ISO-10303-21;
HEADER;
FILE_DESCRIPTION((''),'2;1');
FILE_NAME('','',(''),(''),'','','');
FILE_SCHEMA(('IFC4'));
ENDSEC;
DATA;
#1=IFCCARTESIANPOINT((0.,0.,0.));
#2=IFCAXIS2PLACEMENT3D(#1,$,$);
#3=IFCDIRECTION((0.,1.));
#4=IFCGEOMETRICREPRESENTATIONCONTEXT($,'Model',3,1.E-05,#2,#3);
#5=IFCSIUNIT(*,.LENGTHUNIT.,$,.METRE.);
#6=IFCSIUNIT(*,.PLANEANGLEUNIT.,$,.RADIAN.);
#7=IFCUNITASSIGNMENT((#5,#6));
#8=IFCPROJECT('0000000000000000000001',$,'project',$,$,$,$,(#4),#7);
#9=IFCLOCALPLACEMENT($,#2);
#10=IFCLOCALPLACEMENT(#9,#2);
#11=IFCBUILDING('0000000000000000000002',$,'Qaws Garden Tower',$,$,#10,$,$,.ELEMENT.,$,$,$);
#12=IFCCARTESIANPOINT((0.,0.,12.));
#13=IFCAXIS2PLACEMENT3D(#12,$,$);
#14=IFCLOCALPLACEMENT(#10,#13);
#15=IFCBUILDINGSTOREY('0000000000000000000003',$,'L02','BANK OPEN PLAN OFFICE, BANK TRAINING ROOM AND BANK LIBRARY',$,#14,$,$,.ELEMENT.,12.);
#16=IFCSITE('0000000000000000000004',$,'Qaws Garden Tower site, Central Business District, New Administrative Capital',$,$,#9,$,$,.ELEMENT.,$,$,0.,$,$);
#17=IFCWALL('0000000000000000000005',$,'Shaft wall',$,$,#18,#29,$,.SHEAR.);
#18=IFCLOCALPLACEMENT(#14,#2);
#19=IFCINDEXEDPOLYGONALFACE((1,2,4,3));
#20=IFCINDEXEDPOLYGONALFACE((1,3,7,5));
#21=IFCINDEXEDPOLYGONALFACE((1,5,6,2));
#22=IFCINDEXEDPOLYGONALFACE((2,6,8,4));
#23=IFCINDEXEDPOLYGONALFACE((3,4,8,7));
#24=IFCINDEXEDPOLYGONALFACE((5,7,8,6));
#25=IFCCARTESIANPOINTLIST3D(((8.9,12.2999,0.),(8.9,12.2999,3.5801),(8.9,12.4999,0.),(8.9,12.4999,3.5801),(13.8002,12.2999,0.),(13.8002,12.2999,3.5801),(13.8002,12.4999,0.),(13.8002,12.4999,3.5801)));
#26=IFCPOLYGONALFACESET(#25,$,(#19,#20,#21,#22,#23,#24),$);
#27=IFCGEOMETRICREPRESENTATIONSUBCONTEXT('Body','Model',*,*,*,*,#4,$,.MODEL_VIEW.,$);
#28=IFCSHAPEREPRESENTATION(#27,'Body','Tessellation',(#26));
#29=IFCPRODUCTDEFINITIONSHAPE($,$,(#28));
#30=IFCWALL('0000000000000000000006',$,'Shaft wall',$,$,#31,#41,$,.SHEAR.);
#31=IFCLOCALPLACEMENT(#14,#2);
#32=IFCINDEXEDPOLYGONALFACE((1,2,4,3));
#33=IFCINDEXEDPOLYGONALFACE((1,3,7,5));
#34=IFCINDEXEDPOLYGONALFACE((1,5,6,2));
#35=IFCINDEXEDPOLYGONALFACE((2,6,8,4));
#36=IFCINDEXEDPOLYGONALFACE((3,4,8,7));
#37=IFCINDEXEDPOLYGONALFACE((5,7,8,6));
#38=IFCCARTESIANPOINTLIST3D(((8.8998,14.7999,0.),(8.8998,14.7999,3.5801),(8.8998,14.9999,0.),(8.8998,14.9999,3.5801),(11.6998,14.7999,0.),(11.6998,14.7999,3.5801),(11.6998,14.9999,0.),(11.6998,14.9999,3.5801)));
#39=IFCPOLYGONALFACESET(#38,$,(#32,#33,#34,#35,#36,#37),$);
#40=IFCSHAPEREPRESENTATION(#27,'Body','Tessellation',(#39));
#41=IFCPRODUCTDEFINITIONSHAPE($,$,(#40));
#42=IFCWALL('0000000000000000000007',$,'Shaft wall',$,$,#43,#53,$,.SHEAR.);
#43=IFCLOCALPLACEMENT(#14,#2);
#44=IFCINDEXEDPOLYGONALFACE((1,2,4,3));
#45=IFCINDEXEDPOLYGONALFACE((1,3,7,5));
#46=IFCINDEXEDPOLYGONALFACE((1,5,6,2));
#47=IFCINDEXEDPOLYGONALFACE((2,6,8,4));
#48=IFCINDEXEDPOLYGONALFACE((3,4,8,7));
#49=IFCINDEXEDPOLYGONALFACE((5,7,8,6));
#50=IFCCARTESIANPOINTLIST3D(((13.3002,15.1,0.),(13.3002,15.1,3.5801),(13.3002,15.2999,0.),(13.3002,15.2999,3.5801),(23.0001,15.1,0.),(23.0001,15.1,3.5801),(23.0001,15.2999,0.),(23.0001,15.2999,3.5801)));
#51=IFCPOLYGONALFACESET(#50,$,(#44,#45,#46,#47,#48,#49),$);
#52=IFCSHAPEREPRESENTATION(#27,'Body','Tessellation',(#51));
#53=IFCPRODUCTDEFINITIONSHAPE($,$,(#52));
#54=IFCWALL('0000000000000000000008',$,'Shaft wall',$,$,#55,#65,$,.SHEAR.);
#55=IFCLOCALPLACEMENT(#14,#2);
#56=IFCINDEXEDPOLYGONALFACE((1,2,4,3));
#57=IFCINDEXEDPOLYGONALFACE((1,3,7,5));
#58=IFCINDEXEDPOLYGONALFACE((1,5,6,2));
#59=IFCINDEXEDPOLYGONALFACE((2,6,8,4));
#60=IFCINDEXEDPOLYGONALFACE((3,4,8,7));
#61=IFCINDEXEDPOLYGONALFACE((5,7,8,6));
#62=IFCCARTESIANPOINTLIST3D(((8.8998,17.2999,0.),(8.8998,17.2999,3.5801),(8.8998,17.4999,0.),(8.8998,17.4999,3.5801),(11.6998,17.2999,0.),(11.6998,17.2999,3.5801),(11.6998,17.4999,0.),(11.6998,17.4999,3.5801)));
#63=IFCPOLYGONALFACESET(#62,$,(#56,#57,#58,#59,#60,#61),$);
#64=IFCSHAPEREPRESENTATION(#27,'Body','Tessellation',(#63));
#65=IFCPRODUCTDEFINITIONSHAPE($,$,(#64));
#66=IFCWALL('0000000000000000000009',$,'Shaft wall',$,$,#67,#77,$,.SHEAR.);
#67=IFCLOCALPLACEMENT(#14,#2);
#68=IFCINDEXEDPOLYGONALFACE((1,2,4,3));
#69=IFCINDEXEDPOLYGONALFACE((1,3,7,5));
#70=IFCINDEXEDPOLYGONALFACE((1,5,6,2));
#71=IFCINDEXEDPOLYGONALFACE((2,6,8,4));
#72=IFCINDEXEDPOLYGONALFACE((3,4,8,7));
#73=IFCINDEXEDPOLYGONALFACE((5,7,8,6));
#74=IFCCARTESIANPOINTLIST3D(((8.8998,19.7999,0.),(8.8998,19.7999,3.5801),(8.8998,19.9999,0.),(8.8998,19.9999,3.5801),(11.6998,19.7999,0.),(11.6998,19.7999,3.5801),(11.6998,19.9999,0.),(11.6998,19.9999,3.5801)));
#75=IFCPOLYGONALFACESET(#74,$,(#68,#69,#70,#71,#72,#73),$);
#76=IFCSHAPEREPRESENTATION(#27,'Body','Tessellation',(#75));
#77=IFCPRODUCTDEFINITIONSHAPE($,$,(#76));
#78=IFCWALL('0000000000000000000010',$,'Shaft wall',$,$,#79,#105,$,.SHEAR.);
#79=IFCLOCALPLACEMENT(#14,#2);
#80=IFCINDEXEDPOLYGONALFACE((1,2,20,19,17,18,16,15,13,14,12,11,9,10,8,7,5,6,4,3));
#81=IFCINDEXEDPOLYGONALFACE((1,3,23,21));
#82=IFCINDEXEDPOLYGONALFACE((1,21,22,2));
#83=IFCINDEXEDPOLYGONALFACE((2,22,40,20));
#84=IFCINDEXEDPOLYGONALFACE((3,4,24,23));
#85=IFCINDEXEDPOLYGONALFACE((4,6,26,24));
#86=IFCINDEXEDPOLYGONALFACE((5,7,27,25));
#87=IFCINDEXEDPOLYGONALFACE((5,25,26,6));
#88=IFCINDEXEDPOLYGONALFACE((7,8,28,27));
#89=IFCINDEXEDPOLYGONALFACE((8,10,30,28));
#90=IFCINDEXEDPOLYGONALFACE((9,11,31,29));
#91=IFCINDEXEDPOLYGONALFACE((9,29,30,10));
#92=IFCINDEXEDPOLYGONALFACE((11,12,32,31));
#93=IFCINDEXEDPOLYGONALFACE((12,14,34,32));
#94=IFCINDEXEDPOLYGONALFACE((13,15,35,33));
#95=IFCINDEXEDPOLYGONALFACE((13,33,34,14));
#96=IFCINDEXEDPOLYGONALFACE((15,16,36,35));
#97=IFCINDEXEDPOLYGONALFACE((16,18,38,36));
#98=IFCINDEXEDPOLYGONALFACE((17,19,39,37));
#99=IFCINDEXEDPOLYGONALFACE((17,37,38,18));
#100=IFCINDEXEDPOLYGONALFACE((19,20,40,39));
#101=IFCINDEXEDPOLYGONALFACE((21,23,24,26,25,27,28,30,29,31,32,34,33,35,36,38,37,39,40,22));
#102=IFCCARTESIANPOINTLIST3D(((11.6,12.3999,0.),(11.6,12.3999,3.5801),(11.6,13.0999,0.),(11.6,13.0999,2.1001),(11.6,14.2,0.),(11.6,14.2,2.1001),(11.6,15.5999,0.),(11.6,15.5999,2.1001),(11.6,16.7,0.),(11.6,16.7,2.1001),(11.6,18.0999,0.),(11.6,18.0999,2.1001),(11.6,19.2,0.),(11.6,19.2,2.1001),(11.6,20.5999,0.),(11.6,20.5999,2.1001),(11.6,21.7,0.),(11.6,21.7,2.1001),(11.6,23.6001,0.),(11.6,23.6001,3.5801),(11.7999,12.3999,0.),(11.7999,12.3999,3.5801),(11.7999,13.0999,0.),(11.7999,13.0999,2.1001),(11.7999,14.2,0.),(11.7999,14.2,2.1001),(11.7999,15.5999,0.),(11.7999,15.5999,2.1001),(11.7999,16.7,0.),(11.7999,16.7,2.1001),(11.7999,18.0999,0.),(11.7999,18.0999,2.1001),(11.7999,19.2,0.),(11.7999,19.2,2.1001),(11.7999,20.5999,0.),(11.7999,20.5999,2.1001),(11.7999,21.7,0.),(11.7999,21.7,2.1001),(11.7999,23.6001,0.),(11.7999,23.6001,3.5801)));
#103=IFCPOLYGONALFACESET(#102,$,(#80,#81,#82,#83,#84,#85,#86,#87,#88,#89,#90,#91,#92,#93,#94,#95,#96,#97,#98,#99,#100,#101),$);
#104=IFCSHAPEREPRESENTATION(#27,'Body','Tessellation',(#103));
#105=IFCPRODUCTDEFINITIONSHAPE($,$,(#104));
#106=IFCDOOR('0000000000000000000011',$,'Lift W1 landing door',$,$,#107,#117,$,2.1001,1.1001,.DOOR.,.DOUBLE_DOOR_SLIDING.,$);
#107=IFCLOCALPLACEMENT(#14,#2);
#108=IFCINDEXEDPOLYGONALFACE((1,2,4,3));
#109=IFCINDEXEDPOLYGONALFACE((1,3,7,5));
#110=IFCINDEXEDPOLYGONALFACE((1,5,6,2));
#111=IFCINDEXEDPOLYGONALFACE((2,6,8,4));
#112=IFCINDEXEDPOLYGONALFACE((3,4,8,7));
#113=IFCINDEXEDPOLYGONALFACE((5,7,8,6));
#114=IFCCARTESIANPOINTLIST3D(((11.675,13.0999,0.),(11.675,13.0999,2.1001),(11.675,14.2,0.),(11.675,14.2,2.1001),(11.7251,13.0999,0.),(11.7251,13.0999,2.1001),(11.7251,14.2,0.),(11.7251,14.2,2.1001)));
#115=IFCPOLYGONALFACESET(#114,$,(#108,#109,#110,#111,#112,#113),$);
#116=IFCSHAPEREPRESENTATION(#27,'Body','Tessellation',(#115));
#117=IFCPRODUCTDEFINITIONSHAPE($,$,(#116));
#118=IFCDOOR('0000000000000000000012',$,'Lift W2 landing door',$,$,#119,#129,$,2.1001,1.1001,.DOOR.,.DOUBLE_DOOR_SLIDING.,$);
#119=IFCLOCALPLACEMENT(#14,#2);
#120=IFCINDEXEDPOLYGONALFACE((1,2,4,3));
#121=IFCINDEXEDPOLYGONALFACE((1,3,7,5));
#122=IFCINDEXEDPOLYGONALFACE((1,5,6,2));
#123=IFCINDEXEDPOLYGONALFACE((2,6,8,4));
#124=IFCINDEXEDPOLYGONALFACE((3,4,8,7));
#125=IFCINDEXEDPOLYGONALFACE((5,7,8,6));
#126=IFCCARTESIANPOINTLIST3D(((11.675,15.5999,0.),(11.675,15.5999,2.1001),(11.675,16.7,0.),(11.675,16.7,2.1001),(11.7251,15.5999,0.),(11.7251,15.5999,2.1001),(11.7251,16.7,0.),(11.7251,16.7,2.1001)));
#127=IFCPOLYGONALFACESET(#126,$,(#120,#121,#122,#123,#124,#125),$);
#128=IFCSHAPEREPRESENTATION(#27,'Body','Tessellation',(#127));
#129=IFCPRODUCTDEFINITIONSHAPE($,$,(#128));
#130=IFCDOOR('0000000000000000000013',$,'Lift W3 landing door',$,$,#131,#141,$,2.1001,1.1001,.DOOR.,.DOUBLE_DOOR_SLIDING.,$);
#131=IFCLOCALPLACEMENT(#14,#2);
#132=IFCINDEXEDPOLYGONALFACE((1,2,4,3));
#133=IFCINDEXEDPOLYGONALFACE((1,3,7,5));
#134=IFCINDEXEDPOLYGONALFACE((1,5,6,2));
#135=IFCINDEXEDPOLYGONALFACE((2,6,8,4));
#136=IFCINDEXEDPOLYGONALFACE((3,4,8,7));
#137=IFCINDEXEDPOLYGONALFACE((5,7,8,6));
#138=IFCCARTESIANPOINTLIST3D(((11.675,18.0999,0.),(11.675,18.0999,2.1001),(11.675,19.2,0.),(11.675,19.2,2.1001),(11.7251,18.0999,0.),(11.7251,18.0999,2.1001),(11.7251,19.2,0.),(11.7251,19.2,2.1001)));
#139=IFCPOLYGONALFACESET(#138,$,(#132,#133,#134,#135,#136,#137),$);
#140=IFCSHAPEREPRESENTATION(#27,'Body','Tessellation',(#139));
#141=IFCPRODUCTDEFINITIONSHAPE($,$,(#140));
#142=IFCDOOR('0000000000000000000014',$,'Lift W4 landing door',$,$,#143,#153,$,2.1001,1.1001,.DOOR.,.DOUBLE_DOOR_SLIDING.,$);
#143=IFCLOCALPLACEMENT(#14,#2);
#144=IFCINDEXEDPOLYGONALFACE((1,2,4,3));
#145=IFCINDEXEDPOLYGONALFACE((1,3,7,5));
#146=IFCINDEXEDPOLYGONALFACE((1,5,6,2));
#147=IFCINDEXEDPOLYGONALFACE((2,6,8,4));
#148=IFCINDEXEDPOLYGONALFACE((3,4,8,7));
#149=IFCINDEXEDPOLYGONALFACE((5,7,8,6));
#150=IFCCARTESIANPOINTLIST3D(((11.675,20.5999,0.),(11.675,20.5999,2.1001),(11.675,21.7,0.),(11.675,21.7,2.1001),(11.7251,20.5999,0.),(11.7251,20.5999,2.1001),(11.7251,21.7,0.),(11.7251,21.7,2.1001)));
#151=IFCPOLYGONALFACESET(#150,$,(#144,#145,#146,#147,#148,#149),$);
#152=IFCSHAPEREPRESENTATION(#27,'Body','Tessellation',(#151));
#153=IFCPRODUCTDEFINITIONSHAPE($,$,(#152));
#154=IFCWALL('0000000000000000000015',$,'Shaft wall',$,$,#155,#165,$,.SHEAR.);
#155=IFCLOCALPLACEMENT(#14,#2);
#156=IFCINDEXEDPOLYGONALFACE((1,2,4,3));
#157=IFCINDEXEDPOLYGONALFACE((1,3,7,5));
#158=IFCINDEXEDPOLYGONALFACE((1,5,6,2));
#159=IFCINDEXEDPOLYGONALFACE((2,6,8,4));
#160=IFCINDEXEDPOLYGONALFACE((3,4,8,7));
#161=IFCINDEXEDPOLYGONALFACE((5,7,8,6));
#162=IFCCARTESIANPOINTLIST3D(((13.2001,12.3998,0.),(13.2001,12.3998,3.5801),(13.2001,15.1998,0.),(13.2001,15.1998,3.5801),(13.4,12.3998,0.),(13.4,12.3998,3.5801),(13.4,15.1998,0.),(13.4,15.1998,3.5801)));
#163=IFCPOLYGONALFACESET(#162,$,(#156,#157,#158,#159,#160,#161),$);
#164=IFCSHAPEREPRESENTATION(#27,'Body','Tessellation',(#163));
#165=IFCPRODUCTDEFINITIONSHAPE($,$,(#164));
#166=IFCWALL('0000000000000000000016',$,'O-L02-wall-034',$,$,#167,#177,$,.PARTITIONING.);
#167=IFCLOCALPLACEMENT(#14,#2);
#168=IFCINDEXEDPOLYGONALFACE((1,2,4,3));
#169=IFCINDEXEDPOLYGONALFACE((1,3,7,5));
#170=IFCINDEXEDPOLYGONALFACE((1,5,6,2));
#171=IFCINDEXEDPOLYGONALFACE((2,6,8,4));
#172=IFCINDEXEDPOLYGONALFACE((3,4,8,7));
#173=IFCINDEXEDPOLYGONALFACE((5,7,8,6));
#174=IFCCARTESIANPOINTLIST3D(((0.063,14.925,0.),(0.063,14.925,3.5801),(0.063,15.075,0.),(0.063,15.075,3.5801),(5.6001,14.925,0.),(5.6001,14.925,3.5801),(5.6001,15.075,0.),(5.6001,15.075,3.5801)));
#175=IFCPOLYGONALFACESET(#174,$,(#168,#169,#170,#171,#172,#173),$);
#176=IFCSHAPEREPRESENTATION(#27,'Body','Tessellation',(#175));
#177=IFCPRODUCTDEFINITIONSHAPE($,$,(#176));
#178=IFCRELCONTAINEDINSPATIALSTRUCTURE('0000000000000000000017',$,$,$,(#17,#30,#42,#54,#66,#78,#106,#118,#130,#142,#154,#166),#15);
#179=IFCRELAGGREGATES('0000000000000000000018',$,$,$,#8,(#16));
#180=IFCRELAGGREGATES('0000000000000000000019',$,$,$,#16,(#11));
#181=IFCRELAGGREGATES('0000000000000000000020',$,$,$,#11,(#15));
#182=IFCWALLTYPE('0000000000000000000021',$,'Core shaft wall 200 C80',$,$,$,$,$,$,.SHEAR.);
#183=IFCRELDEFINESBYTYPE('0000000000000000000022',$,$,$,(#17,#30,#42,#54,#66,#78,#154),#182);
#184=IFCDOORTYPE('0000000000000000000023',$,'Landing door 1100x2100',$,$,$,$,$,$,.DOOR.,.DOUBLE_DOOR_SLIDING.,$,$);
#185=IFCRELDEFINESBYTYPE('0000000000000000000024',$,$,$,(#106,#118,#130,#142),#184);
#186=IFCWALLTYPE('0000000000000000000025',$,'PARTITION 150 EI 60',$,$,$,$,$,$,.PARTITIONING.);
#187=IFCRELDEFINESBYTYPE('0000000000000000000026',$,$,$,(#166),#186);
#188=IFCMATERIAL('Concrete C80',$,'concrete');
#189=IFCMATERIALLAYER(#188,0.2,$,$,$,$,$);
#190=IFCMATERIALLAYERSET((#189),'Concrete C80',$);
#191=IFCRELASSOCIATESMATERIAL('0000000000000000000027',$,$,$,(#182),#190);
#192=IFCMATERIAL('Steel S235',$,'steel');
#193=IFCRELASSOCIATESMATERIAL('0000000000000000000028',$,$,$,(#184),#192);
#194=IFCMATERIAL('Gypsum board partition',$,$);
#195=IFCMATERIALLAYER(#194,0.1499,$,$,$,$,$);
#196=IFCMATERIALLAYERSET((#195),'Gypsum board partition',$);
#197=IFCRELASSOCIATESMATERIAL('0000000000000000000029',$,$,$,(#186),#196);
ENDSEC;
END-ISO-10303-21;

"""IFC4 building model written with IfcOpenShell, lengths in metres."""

from ifc_helpers import new_model, si_unit, direction, frame, frame_2d, origin, place, context, subcontext, project, spatial, rectangle, extrude, material, layer, layer_set, type_object, element, fill, save


model = new_model("IFC4")

# Units and contexts
model_context = context("Model", 3, precision=1e-05, world=origin(), true_north=direction((0.0, 1.0)))
body_context = subcontext(model_context, "Body", "Model", "MODEL_VIEW")
ifc_project = project(units=[si_unit("LENGTHUNIT", "METRE"), si_unit("PLANEANGLEUNIT", "RADIAN")], contexts=[model_context])

# Site, building, storey
site_placement = place(None, origin())
site = spatial("IfcSite", under=ifc_project, at=site_placement, Name="Qaws Garden Tower site, Central Business District, New Administrative Capital", CompositionType="ELEMENT", RefElevation=0.0)
building_placement = place(site_placement, origin())
building = spatial("IfcBuilding", under=site, at=building_placement, Name="Qaws Garden Tower", CompositionType="ELEMENT")
storey_placement = place(building_placement, frame((0.0, 0.0, 12.0)))
storey = spatial("IfcBuildingStorey", under=building, at=storey_placement, Name="L02", Description="BANK OPEN PLAN OFFICE, BANK TRAINING ROOM AND BANK LIBRARY", CompositionType="ELEMENT", Elevation=12.0)

# Walls
ifc_material_1 = material(Name="Concrete C80", Category="concrete")
ifc_layer_1 = layer(ifc_material_1, 0.2)
ifc_layer_set_1 = layer_set([ifc_layer_1], Name="Concrete C80")
wall_type_1 = type_object("IfcWallType", Name="Core shaft wall 200 C80", PredefinedType="SHEAR", material=ifc_layer_set_1)
wall_1_placement = place(storey_placement, frame((8.8999, 12.3999, 0.0), z_axis=(0.0, 0.0, 1.0), x_axis=(1.0, 0.0, 0.0)))
element("IfcWall", 1, at=wall_1_placement, inside=storey, type_object=wall_type_1, Name="Shaft wall", PredefinedType="SHEAR", context=body_context, shape_type="SweptSolid", body=[
    extrude(rectangle(XDim=4.9001, YDim=0.2, at=frame_2d((2.4502, 0.0))), origin(), (0.0, 0.0, 1.0), 3.5801),
])
wall_2_placement = place(storey_placement, frame((8.8999, 14.8999, 0.0), z_axis=(0.0, 0.0, 1.0), x_axis=(1.0, 0.0, 0.0)))
element("IfcWall", 2, at=wall_2_placement, inside=storey, type_object=wall_type_1, Name="Shaft wall", PredefinedType="SHEAR", context=body_context, shape_type="SweptSolid", body=[
    extrude(rectangle(XDim=2.8, YDim=0.2, at=frame_2d((1.3999, 0.0))), origin(), (0.0, 0.0, 1.0), 3.5801),
])
wall_3_placement = place(storey_placement, frame((13.3, 15.2, 0.0), z_axis=(0.0, 0.0, 1.0), x_axis=(1.0, 0.0, 0.0)))
element("IfcWall", 3, at=wall_3_placement, inside=storey, type_object=wall_type_1, Name="Shaft wall", PredefinedType="SHEAR", context=body_context, shape_type="SweptSolid", body=[
    extrude(rectangle(XDim=9.7, YDim=0.2, at=frame_2d((4.8501, 0.0))), origin(), (0.0, 0.0, 1.0), 3.5801),
])
for number, where, z_axis, x_axis, name in (
    (4, (8.8999, 17.3999, 0.0), (0.0, 0.0, 1.0), (1.0, 0.0, 0.0), "Shaft wall"),
    (5, (8.8999, 19.8999, 0.0), (0.0, 0.0, 1.0), (1.0, 0.0, 0.0), "Shaft wall"),
):
    element("IfcWall", number, at=place(storey_placement, frame(where, z_axis=z_axis, x_axis=x_axis)), inside=storey, type_object=wall_type_1, Name=name, PredefinedType="SHEAR", context=body_context, shape_type="SweptSolid", body=[
        extrude(rectangle(XDim=2.8, YDim=0.2, at=frame_2d((1.3999, 0.0))), origin(), (0.0, 0.0, 1.0), 3.5801),
    ])

# Wall, openings, doors
wall_4_placement = place(storey_placement, frame((11.7, 12.3999, 0.0), z_axis=(0.0, 0.0, 1.0), x_axis=(0.0, 1.0, 0.0)))
wall_4 = element("IfcWall", 6, at=wall_4_placement, inside=storey, type_object=wall_type_1, Name="Shaft wall", PredefinedType="SHEAR", context=body_context, shape_type="SweptSolid", body=[
    extrude(rectangle(XDim=11.2002, YDim=0.2, at=frame_2d((5.6001, 0.0))), origin(), (0.0, 0.0, 1.0), 3.5801),
])
opening_1_placement = place(wall_4_placement, frame((0.7, 0.0, 0.0)))
opening_1 = element("IfcOpeningElement", 7, at=opening_1_placement, cuts=wall_4, PredefinedType="OPENING", context=body_context, shape_type="SweptSolid", body=[
    extrude(rectangle(XDim=1.1001, YDim=2.1001, at=frame_2d((0.55, 1.05))), frame((0.0, 0.1099, 0.0), z_axis=(0.0, -1.0, 0.0), x_axis=(1.0, 0.0, 0.0)), (0.0, 0.0, 1.0), 0.22),
])
opening_2_placement = place(wall_4_placement, frame((3.2, 0.0, 0.0)))
opening_2 = element("IfcOpeningElement", 8, at=opening_2_placement, cuts=wall_4, PredefinedType="OPENING", context=body_context, shape_type="SweptSolid", body=[
    extrude(rectangle(XDim=1.1001, YDim=2.1001, at=frame_2d((0.55, 1.05))), frame((0.0, 0.1099, 0.0), z_axis=(0.0, -1.0, 0.0), x_axis=(1.0, 0.0, 0.0)), (0.0, 0.0, 1.0), 0.22),
])
opening_3_placement = place(wall_4_placement, frame((5.7, 0.0, 0.0)))
opening_3 = element("IfcOpeningElement", 9, at=opening_3_placement, cuts=wall_4, PredefinedType="OPENING", context=body_context, shape_type="SweptSolid", body=[
    extrude(rectangle(XDim=1.1001, YDim=2.1001, at=frame_2d((0.55, 1.05))), frame((0.0, 0.1099, 0.0), z_axis=(0.0, -1.0, 0.0), x_axis=(1.0, 0.0, 0.0)), (0.0, 0.0, 1.0), 0.22),
])
opening_4_placement = place(wall_4_placement, frame((8.2, 0.0, 0.0)))
opening_4 = element("IfcOpeningElement", 10, at=opening_4_placement, cuts=wall_4, PredefinedType="OPENING", context=body_context, shape_type="SweptSolid", body=[
    extrude(rectangle(XDim=1.1001, YDim=2.1001, at=frame_2d((0.55, 1.05))), frame((0.0, 0.1099, 0.0), z_axis=(0.0, -1.0, 0.0), x_axis=(1.0, 0.0, 0.0)), (0.0, 0.0, 1.0), 0.22),
])
ifc_material_2 = material(Name="Steel S235", Category="steel")
door_type = type_object("IfcDoorType", Name="Landing door 1100x2100", OperationType="DOUBLE_DOOR_SLIDING", PredefinedType="DOOR", material=ifc_material_2)
door_1_placement = place(opening_1_placement, origin())
door_1 = element("IfcDoor", 11, at=door_1_placement, inside=storey, type_object=door_type, Name="Lift W1 landing door", OperationType="DOUBLE_DOOR_SLIDING", OverallHeight=2.1001, OverallWidth=1.1001, PredefinedType="DOOR", context=body_context, shape_type="SweptSolid", body=[
    extrude(rectangle(XDim=1.1001, YDim=2.1001, at=frame_2d((0.55, 1.05))), frame((0.0, 0.0249, 0.0), z_axis=(0.0, -1.0, 0.0), x_axis=(1.0, 0.0, 0.0)), (0.0, 0.0, 1.0), 0.05),
])
fill(opening_1, door_1)
door_2_placement = place(opening_2_placement, origin())
door_2 = element("IfcDoor", 12, at=door_2_placement, inside=storey, type_object=door_type, Name="Lift W2 landing door", OperationType="DOUBLE_DOOR_SLIDING", OverallHeight=2.1001, OverallWidth=1.1001, PredefinedType="DOOR", context=body_context, shape_type="SweptSolid", body=[
    extrude(rectangle(XDim=1.1001, YDim=2.1001, at=frame_2d((0.55, 1.05))), frame((0.0, 0.0249, 0.0), z_axis=(0.0, -1.0, 0.0), x_axis=(1.0, 0.0, 0.0)), (0.0, 0.0, 1.0), 0.05),
])
fill(opening_2, door_2)
door_3_placement = place(opening_3_placement, origin())
door_3 = element("IfcDoor", 13, at=door_3_placement, inside=storey, type_object=door_type, Name="Lift W3 landing door", OperationType="DOUBLE_DOOR_SLIDING", OverallHeight=2.1001, OverallWidth=1.1001, PredefinedType="DOOR", context=body_context, shape_type="SweptSolid", body=[
    extrude(rectangle(XDim=1.1001, YDim=2.1001, at=frame_2d((0.55, 1.05))), frame((0.0, 0.0249, 0.0), z_axis=(0.0, -1.0, 0.0), x_axis=(1.0, 0.0, 0.0)), (0.0, 0.0, 1.0), 0.05),
])
fill(opening_3, door_3)
door_4_placement = place(opening_4_placement, origin())
door_4 = element("IfcDoor", 14, at=door_4_placement, inside=storey, type_object=door_type, Name="Lift W4 landing door", OperationType="DOUBLE_DOOR_SLIDING", OverallHeight=2.1001, OverallWidth=1.1001, PredefinedType="DOOR", context=body_context, shape_type="SweptSolid", body=[
    extrude(rectangle(XDim=1.1001, YDim=2.1001, at=frame_2d((0.55, 1.05))), frame((0.0, 0.0249, 0.0), z_axis=(0.0, -1.0, 0.0), x_axis=(1.0, 0.0, 0.0)), (0.0, 0.0, 1.0), 0.05),
])
fill(opening_4, door_4)

# Walls
wall_5_placement = place(storey_placement, frame((13.3, 12.3999, 0.0), z_axis=(0.0, 0.0, 1.0), x_axis=(0.0, 1.0, 0.0)))
element("IfcWall", 15, at=wall_5_placement, inside=storey, type_object=wall_type_1, Name="Shaft wall", PredefinedType="SHEAR", context=body_context, shape_type="SweptSolid", body=[
    extrude(rectangle(XDim=2.8, YDim=0.2, at=frame_2d((1.3999, 0.0))), origin(), (0.0, 0.0, 1.0), 3.5801),
])
ifc_material_3 = material(Name="Gypsum board partition")
ifc_layer_2 = layer(ifc_material_3, 0.1499)
ifc_layer_set_2 = layer_set([ifc_layer_2], Name="Gypsum board partition")
wall_type_2 = type_object("IfcWallType", Name="PARTITION 150 EI 60", PredefinedType="PARTITIONING", material=ifc_layer_set_2)
wall_6_placement = place(storey_placement, frame((0.063, 15.0, 0.0), z_axis=(0.0, 0.0, 1.0), x_axis=(1.0, 0.0, 0.0)))
element("IfcWall", 16, at=wall_6_placement, inside=storey, type_object=wall_type_2, Name="O-L02-wall-034", PredefinedType="PARTITIONING", context=body_context, shape_type="SweptSolid", body=[
    extrude(rectangle(XDim=5.5371, YDim=0.1499, at=frame_2d((2.7686, 0.0))), origin(), (0.0, 0.0, 1.0), 3.5801),
])

save(model, "model.ifc")
